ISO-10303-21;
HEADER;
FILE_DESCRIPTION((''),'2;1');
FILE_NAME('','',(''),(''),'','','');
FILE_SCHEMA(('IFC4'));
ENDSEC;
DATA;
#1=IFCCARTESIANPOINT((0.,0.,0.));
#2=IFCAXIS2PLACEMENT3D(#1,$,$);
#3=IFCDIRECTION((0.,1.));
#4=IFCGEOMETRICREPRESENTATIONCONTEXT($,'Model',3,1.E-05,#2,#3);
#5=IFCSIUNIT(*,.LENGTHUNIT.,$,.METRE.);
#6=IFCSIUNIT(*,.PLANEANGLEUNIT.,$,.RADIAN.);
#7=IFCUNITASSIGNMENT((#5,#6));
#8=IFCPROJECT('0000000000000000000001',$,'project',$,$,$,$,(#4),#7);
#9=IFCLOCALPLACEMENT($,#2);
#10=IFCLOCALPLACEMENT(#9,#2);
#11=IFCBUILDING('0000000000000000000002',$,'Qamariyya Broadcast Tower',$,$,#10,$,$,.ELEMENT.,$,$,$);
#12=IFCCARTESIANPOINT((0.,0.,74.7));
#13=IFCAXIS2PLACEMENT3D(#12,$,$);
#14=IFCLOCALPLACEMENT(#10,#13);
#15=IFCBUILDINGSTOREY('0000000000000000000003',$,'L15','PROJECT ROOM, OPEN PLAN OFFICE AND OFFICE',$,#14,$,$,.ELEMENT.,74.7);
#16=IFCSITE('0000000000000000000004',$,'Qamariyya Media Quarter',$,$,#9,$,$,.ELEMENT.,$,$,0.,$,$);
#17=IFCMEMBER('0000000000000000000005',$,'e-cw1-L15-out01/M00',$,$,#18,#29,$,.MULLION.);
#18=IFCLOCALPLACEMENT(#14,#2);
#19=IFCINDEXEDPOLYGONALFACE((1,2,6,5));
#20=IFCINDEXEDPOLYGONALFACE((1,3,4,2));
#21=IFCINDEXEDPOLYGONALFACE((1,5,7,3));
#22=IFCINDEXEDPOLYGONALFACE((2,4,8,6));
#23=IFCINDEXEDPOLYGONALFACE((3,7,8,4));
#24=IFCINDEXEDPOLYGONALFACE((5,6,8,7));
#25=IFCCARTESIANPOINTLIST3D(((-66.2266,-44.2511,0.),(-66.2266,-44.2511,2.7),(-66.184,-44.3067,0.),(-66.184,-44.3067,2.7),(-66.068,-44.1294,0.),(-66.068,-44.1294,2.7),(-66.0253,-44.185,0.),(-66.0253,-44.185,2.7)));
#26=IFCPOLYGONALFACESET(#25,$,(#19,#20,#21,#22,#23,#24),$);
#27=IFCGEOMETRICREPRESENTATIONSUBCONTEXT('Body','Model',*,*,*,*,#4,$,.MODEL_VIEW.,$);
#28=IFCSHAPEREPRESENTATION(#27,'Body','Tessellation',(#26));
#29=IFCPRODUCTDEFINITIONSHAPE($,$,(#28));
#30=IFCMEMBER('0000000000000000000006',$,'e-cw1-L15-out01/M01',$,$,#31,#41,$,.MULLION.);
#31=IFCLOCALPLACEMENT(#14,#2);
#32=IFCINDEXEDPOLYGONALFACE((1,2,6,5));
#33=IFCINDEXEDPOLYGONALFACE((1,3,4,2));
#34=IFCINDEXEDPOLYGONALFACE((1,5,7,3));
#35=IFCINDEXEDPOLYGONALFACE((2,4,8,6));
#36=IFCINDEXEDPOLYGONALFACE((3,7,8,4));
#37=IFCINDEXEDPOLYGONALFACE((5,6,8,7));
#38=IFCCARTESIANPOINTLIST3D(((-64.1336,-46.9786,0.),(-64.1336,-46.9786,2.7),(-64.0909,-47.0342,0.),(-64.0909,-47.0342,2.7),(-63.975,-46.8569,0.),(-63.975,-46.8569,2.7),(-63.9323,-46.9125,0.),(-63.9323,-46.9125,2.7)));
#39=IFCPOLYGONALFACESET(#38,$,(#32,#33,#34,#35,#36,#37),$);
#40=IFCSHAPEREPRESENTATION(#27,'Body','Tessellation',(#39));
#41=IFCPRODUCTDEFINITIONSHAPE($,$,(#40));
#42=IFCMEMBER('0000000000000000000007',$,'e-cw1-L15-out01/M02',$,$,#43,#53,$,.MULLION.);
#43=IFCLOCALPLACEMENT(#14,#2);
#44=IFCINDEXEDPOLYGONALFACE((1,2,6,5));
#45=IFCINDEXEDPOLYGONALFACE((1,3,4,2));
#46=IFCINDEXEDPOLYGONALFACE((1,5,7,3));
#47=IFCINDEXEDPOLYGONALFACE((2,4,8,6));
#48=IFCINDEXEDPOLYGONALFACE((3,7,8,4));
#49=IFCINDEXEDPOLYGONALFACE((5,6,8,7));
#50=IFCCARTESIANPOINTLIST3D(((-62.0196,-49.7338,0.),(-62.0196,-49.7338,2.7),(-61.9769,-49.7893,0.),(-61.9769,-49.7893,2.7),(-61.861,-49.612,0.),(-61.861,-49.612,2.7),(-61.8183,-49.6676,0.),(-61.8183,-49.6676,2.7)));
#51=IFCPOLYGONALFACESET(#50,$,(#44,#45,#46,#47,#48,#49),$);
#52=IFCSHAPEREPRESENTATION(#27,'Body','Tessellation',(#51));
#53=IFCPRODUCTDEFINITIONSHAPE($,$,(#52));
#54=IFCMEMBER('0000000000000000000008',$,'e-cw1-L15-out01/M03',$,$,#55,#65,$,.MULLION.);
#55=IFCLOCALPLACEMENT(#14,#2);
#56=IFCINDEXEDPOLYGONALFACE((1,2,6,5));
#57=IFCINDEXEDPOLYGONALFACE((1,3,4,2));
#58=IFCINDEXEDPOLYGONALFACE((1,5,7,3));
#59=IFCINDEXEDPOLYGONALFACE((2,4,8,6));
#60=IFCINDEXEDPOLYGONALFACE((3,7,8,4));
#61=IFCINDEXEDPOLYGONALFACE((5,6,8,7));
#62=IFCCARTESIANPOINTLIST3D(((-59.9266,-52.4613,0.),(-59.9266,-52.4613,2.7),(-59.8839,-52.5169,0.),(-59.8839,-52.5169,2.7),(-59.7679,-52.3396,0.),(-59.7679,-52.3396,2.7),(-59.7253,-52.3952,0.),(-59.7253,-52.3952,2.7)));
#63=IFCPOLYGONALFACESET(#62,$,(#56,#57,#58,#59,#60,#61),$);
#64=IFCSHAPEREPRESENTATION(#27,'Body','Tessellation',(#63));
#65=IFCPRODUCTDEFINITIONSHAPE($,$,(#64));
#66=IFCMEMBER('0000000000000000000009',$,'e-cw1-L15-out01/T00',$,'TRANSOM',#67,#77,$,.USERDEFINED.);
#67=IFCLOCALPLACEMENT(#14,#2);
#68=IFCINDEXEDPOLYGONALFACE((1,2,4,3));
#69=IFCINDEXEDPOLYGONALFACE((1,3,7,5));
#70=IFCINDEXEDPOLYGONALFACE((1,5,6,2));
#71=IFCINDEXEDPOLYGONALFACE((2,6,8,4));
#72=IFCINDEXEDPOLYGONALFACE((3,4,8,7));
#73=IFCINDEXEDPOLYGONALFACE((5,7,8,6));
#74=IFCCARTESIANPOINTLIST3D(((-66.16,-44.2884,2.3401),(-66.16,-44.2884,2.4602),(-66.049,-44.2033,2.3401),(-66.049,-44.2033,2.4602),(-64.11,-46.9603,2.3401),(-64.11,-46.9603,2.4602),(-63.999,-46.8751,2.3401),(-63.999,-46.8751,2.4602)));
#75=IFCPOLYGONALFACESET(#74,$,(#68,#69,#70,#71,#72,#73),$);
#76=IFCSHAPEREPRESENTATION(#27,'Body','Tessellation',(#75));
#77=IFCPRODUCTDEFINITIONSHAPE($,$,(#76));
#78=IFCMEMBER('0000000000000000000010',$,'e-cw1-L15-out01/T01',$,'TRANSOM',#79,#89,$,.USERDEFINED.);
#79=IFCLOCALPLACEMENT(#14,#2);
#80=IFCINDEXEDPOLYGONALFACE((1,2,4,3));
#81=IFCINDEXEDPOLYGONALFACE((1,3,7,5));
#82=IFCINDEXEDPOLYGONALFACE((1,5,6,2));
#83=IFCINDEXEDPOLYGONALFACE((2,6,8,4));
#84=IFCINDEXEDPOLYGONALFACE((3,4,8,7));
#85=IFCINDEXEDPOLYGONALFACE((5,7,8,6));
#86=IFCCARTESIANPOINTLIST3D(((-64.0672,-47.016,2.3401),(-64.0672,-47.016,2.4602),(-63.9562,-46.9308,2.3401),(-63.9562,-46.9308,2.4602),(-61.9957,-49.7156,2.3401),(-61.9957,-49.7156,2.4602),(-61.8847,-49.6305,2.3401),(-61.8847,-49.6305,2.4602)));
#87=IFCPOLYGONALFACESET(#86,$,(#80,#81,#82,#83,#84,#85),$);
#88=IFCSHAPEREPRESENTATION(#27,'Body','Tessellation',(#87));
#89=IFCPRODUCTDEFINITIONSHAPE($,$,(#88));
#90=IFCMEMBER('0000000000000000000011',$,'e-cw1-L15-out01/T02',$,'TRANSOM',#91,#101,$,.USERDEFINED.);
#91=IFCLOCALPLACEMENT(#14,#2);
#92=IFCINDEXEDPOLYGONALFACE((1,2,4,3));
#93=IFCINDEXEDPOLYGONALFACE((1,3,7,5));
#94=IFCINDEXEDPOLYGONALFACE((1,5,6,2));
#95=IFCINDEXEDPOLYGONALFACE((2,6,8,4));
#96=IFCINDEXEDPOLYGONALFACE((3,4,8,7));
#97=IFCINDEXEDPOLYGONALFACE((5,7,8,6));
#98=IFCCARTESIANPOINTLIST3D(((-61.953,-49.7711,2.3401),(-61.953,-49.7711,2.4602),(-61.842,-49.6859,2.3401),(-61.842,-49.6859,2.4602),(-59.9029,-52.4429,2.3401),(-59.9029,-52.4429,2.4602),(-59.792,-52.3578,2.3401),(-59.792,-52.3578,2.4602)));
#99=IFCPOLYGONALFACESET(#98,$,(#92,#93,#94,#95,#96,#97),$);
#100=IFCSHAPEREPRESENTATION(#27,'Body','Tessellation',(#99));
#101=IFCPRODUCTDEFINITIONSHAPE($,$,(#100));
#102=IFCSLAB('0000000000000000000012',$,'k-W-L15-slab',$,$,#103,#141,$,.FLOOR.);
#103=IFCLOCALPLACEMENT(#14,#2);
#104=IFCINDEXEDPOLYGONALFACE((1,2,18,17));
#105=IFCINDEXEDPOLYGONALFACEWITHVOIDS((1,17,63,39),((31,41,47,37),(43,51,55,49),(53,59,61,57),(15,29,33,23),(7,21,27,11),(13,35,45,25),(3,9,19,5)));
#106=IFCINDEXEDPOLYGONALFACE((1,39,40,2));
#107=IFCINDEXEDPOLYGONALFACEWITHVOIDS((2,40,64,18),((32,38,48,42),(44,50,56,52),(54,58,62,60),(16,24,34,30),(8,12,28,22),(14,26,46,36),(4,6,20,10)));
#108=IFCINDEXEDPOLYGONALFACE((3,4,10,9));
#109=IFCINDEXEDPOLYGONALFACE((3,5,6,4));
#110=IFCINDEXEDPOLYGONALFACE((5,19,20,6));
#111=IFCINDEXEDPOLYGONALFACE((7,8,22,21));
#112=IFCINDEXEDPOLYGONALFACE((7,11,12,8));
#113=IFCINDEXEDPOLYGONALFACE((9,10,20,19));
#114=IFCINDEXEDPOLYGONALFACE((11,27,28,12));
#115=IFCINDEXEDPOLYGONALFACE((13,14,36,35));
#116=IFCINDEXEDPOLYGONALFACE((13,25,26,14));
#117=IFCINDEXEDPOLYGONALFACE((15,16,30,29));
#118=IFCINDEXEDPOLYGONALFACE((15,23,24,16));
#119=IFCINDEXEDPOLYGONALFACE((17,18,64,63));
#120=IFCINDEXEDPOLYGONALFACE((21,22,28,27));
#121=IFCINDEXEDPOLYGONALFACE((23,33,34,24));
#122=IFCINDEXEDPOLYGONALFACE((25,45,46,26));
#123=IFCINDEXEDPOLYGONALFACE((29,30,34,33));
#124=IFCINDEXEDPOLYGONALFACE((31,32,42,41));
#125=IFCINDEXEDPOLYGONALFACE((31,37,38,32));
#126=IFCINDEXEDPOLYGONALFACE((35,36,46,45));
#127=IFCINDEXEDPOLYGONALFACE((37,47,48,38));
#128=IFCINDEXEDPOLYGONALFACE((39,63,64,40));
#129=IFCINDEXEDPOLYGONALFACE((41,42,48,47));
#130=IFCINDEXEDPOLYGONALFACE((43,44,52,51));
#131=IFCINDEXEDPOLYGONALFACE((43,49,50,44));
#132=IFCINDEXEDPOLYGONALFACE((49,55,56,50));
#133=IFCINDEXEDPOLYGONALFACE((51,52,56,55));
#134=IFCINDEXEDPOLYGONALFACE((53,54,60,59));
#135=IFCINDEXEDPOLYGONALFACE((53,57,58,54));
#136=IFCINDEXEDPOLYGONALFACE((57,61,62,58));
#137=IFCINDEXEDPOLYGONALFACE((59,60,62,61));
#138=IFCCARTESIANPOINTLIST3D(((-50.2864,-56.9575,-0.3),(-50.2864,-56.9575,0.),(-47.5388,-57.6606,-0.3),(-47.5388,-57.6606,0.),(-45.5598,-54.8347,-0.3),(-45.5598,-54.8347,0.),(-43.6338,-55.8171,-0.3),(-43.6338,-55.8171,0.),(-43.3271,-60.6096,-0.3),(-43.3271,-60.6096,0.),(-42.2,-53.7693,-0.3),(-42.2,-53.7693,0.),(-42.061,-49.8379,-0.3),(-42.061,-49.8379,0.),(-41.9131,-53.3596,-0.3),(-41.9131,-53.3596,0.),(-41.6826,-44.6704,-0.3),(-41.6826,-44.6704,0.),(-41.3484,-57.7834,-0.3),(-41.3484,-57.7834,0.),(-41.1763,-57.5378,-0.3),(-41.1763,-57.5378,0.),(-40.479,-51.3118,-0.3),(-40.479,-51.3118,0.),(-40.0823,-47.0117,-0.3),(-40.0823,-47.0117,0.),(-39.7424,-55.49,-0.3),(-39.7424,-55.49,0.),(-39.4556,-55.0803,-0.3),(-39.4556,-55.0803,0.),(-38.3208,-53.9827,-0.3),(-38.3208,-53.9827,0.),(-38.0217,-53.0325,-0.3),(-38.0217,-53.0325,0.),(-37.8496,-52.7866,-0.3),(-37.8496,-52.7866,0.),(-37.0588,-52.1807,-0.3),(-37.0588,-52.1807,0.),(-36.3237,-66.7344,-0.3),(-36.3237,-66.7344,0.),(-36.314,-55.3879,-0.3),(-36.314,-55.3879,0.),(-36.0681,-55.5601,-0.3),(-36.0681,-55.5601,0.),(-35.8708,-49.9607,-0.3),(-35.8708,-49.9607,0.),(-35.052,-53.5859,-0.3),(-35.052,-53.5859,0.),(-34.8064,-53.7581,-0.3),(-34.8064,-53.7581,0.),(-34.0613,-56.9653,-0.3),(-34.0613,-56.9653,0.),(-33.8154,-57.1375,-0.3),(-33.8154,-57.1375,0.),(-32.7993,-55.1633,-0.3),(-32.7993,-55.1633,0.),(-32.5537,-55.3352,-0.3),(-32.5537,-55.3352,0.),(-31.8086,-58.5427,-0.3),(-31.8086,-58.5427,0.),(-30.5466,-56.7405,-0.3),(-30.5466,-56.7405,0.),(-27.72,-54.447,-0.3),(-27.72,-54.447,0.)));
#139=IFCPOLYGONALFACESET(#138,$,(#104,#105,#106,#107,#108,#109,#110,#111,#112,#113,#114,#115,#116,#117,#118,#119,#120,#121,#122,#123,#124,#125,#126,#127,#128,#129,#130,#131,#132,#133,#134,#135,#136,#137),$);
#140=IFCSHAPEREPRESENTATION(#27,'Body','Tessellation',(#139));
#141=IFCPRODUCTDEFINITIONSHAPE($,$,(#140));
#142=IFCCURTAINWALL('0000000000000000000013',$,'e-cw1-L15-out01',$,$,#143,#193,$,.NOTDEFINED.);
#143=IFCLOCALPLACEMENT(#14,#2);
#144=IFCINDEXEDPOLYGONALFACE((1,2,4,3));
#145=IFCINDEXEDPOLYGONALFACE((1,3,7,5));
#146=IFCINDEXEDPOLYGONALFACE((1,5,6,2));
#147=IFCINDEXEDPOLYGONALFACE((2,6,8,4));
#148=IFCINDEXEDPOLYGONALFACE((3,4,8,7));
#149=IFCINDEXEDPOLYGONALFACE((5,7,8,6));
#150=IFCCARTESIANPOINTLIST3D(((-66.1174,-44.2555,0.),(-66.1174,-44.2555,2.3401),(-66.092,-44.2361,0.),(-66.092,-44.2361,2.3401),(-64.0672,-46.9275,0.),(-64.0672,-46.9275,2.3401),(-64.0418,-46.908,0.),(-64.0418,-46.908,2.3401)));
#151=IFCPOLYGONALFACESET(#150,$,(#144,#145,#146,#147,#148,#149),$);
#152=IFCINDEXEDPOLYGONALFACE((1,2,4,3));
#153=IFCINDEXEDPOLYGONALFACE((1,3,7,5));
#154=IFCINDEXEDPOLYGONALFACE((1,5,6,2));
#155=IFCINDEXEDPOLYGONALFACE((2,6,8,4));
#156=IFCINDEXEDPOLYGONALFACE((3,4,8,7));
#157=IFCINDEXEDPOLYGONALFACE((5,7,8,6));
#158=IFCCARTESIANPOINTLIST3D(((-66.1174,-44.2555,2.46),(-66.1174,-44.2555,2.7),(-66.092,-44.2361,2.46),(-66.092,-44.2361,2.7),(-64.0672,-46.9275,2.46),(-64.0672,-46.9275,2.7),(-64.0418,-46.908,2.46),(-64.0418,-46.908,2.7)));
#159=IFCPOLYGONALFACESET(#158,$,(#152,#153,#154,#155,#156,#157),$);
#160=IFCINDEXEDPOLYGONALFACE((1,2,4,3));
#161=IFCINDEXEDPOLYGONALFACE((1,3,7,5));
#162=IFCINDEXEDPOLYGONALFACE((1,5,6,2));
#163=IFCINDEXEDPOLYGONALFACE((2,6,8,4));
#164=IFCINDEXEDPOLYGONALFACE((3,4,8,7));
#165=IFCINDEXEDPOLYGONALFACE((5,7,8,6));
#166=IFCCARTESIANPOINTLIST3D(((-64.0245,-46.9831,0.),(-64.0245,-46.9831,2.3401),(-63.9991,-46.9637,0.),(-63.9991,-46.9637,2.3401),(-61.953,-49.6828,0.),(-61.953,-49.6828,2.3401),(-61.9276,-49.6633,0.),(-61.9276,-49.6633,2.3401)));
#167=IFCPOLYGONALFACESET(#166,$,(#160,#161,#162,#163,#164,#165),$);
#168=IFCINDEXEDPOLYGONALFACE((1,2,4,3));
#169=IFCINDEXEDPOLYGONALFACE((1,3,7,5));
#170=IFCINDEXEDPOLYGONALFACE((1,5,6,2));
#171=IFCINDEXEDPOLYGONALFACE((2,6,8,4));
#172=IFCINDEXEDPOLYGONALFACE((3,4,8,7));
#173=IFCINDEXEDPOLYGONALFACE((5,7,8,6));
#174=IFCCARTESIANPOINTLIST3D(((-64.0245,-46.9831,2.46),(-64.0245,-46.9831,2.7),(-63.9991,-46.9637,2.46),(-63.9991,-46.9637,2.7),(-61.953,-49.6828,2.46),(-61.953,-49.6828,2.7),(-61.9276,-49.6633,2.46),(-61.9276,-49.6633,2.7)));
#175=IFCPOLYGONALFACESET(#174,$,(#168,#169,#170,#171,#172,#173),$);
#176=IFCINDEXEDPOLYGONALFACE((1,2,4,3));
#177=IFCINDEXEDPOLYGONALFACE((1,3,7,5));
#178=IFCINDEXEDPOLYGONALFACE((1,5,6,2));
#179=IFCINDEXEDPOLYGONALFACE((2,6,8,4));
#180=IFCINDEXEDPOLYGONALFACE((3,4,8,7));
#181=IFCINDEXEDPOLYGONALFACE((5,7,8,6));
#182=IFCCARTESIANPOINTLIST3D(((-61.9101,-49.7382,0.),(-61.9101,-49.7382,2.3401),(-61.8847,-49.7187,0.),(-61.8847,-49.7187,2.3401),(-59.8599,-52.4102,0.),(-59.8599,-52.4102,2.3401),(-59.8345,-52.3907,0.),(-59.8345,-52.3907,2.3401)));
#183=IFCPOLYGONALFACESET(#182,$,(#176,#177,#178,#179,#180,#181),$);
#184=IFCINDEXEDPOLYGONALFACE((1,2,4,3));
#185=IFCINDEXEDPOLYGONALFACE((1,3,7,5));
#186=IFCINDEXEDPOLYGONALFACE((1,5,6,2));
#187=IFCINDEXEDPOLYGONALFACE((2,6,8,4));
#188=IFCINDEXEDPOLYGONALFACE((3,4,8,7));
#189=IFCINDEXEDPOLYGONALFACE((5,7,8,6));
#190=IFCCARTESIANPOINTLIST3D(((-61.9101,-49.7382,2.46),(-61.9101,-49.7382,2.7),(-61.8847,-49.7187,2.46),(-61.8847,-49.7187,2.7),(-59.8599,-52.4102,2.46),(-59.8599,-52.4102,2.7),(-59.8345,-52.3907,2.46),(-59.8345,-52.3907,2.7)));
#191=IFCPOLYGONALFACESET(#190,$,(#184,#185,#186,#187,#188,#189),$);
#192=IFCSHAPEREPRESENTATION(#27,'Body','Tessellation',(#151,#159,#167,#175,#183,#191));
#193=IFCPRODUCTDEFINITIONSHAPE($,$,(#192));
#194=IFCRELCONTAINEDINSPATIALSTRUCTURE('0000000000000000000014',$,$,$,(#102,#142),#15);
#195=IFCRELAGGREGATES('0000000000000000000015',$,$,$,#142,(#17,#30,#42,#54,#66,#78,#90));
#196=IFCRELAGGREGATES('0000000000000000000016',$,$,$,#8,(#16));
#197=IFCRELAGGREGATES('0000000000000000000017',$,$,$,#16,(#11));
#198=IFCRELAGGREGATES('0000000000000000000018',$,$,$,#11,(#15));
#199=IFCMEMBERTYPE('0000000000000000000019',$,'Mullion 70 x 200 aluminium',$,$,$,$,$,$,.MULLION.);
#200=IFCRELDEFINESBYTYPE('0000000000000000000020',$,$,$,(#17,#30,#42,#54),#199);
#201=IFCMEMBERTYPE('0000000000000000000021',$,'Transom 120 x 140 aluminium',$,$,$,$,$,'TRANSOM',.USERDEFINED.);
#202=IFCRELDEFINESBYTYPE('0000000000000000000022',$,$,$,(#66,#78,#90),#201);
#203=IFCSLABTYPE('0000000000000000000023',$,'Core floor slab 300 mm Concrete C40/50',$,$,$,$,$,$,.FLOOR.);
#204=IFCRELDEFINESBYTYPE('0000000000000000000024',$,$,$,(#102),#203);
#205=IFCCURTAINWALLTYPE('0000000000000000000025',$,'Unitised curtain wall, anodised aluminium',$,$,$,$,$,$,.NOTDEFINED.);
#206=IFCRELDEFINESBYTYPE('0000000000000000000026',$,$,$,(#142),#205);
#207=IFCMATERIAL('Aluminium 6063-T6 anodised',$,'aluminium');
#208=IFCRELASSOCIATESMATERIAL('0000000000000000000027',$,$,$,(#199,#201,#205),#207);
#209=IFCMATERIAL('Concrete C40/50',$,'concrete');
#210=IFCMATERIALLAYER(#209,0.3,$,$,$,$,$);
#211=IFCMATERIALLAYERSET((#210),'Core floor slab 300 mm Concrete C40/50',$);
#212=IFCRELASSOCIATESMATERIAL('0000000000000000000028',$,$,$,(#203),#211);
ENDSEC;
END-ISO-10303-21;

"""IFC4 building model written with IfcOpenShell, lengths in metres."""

from ifc_helpers import new_model, si_unit, direction, frame, origin, origin_2d, place, context, subcontext, project, spatial, polyline, rectangle, outline, extrude, material, layer, layer_set, material_profile, profile_set, type_object, element, aggregate, save


model = new_model("IFC4")

# Units and contexts
model_context = context("Model", 3, precision=1e-05, world=origin(), true_north=direction((0.0, 1.0)))
body_context = subcontext(model_context, "Body", "Model", "MODEL_VIEW")
ifc_project = project(units=[si_unit("LENGTHUNIT", "METRE"), si_unit("PLANEANGLEUNIT", "RADIAN")], contexts=[model_context])

# Site, building, storey
site_placement = place(None, origin())
site = spatial("IfcSite", under=ifc_project, at=site_placement, Name="Qamariyya Media Quarter", CompositionType="ELEMENT", RefElevation=0.0)
building_placement = place(site_placement, origin())
building = spatial("IfcBuilding", under=site, at=building_placement, Name="Qamariyya Broadcast Tower", CompositionType="ELEMENT")
storey_placement = place(building_placement, frame((0.0, 0.0, 74.7)))
storey = spatial("IfcBuildingStorey", under=building, at=storey_placement, Name="L15", Description="PROJECT ROOM, OPEN PLAN OFFICE AND OFFICE", CompositionType="ELEMENT", Elevation=74.7)

# Members
ifc_material_1 = material(Name="Aluminium 6063-T6 anodised", Category="aluminium")
ifc_material_profile_1 = material_profile(ifc_material_1, rectangle(XDim=0.2, YDim=0.0701, at=origin_2d()))
ifc_profile_set_1 = profile_set([ifc_material_profile_1], Name="Aluminium 6063-T6 anodised")
member_type_1 = type_object("IfcMemberType", Name="Mullion 70 x 200 aluminium", PredefinedType="MULLION", material=ifc_profile_set_1)
member_1_placement = place(storey_placement, frame((-66.126, -44.218, 0.0), z_axis=(0.0, 0.0, 1.0), x_axis=(0.793353, 0.608761, 0.0)))
member_1 = element("IfcMember", 1, at=member_1_placement, type_object=member_type_1, Name="e-cw1-L15-out01/M00", PredefinedType="MULLION", context=body_context, shape_type="SweptSolid", body=[
    extrude(rectangle(XDim=0.2, YDim=0.0701, at=origin_2d()), origin(), (0.0, 0.0, 1.0), 2.7),
])
member_2_placement = place(storey_placement, frame((-64.033, -46.9456, 0.0), z_axis=(0.0, 0.0, 1.0), x_axis=(0.793353, 0.608761, 0.0)))
member_2 = element("IfcMember", 2, at=member_2_placement, type_object=member_type_1, Name="e-cw1-L15-out01/M01", PredefinedType="MULLION", context=body_context, shape_type="SweptSolid", body=[
    extrude(rectangle(XDim=0.2, YDim=0.0701, at=origin_2d()), origin(), (0.0, 0.0, 1.0), 2.7),
])
member_3_placement = place(storey_placement, frame((-61.9189, -49.7007, 0.0), z_axis=(0.0, 0.0, 1.0), x_axis=(0.793353, 0.608761, 0.0)))
member_3 = element("IfcMember", 3, at=member_3_placement, type_object=member_type_1, Name="e-cw1-L15-out01/M02", PredefinedType="MULLION", context=body_context, shape_type="SweptSolid", body=[
    extrude(rectangle(XDim=0.2, YDim=0.0701, at=origin_2d()), origin(), (0.0, 0.0, 1.0), 2.7),
])
member_4_placement = place(storey_placement, frame((-59.8259, -52.4282, 0.0), z_axis=(0.0, 0.0, 1.0), x_axis=(0.793353, 0.608761, 0.0)))
member_4 = element("IfcMember", 4, at=member_4_placement, type_object=member_type_1, Name="e-cw1-L15-out01/M03", PredefinedType="MULLION", context=body_context, shape_type="SweptSolid", body=[
    extrude(rectangle(XDim=0.2, YDim=0.0701, at=origin_2d()), origin(), (0.0, 0.0, 1.0), 2.7),
])
ifc_material_profile_2 = material_profile(ifc_material_1, rectangle(XDim=0.1399, YDim=0.1201, at=origin_2d()))
ifc_profile_set_2 = profile_set([ifc_material_profile_2], Name="Aluminium 6063-T6 anodised")
member_type_2 = type_object("IfcMemberType", Name="Transom 120 x 140 aluminium", ElementType="TRANSOM", PredefinedType="USERDEFINED", material=ifc_profile_set_2)
member_5_placement = place(storey_placement, frame((-66.1045, -44.2458, 2.4001), z_axis=(0.608733, -0.793375, 0.0), x_axis=(0.793375, 0.608733, 0.0)))
member_5 = element("IfcMember", 5, at=member_5_placement, type_object=member_type_2, Name="e-cw1-L15-out01/T00", ObjectType="TRANSOM", PredefinedType="USERDEFINED", context=body_context, shape_type="SweptSolid", body=[
    extrude(rectangle(XDim=0.1399, YDim=0.1201, at=origin_2d()), origin(), (0.0, 0.0, 1.0), 3.3677),
])
member_6_placement = place(storey_placement, frame((-64.0117, -46.9734, 2.4001), z_axis=(0.608757, -0.793357, 0.0), x_axis=(0.793357, 0.608757, 0.0)))
member_6 = element("IfcMember", 6, at=member_6_placement, type_object=member_type_2, Name="e-cw1-L15-out01/T01", ObjectType="TRANSOM", PredefinedType="USERDEFINED", context=body_context, shape_type="SweptSolid", body=[
    extrude(rectangle(XDim=0.1399, YDim=0.1201, at=origin_2d()), origin(), (0.0, 0.0, 1.0), 3.4028),
])
member_7_placement = place(storey_placement, frame((-61.8975, -49.7285, 2.4001), z_axis=(0.608733, -0.793375, 0.0), x_axis=(0.793375, 0.608733, 0.0)))
member_7 = element("IfcMember", 7, at=member_7_placement, type_object=member_type_2, Name="e-cw1-L15-out01/T02", ObjectType="TRANSOM", PredefinedType="USERDEFINED", context=body_context, shape_type="SweptSolid", body=[
    extrude(rectangle(XDim=0.1399, YDim=0.1201, at=origin_2d()), origin(), (0.0, 0.0, 1.0), 3.3677),
])

# Slab
ifc_material_2 = material(Name="Concrete C40/50", Category="concrete")
ifc_layer_1 = layer(ifc_material_2, 0.3)
ifc_layer_set_1 = layer_set([ifc_layer_1], Name="Core floor slab 300 mm Concrete C40/50")
slab_type_1 = type_object("IfcSlabType", Name="Core floor slab 300 mm Concrete C40/50", PredefinedType="FLOOR", material=ifc_layer_set_1)
slab_1_placement = place(storey_placement, frame((0.0, 0.0, -0.3)))
element("IfcSlab", 8, at=slab_1_placement, inside=storey, type_object=slab_type_1, Name="k-W-L15-slab", PredefinedType="FLOOR", context=body_context, shape_type="SweptSolid", body=[
    extrude(outline(polyline([(-50.2864, -56.9575), (-36.3237, -66.7344), (-27.72, -54.447), (-41.6826, -44.6704), (-50.2864, -56.9575)]), holes=[polyline([(-31.8086, -58.5427), (-33.8154, -57.1375), (-32.5537, -55.3352), (-30.5466, -56.7405), (-31.8086, -58.5427)]), polyline([(-34.0613, -56.9653), (-36.0681, -55.5601), (-34.8064, -53.7581), (-32.7993, -55.1633), (-34.0613, -56.9653)]), polyline([(-36.314, -55.3879), (-38.3208, -53.9827), (-37.0588, -52.1807), (-35.052, -53.5859), (-36.314, -55.3879)]), polyline([(-39.7424, -55.49), (-42.2, -53.7693), (-43.6338, -55.8171), (-41.1763, -57.5378), (-39.7424, -55.49)]), polyline([(-39.4556, -55.0803), (-41.9131, -53.3596), (-40.479, -51.3118), (-38.0217, -53.0325), (-39.4556, -55.0803)]), polyline([(-42.061, -49.8379), (-37.8496, -52.7866), (-35.8708, -49.9607), (-40.0823, -47.0117), (-42.061, -49.8379)]), polyline([(-47.5388, -57.6606), (-43.3271, -60.6096), (-41.3484, -57.7834), (-45.5598, -54.8347), (-47.5388, -57.6606)])]), origin(), (0.0, 0.0, 1.0), 0.3),
])

# Curtain wall
curtain_wall_type = type_object("IfcCurtainWallType", Name="Unitised curtain wall, anodised aluminium", PredefinedType="NOTDEFINED", material=ifc_material_1)
curtain_wall_1_placement = place(storey_placement, origin())
curtain_wall_1 = element("IfcCurtainWall", 9, at=curtain_wall_1_placement, inside=storey, type_object=curtain_wall_type, Name="e-cw1-L15-out01", PredefinedType="NOTDEFINED", context=body_context, shape_type="SweptSolid", body=[
    extrude(rectangle(XDim=3.3679, YDim=0.032, at=origin_2d()), frame((-65.0796, -45.5818, 0.0), x_axis=(0.608756, -0.793358, 0.0)), (0.0, 0.0, 1.0), 2.3401),
    extrude(rectangle(XDim=3.3679, YDim=0.032, at=origin_2d()), frame((-65.0796, -45.5818, 2.46), x_axis=(0.608756, -0.793358, 0.0)), (0.0, 0.0, 1.0), 0.24),
    extrude(rectangle(XDim=3.4028, YDim=0.032, at=origin_2d()), frame((-62.9761, -48.3232, 0.0), x_axis=(0.608756, -0.793358, 0.0)), (0.0, 0.0, 1.0), 2.3401),
    extrude(rectangle(XDim=3.4028, YDim=0.032, at=origin_2d()), frame((-62.9761, -48.3232, 2.46), x_axis=(0.608756, -0.793358, 0.0)), (0.0, 0.0, 1.0), 0.24),
    extrude(rectangle(XDim=3.3679, YDim=0.032, at=origin_2d()), frame((-60.8723, -51.0645, 0.0), x_axis=(0.608756, -0.793358, 0.0)), (0.0, 0.0, 1.0), 2.3401),
    extrude(rectangle(XDim=3.3679, YDim=0.032, at=origin_2d()), frame((-60.8723, -51.0645, 2.46), x_axis=(0.608756, -0.793358, 0.0)), (0.0, 0.0, 1.0), 0.24),
])
aggregate(curtain_wall_1, [member_1, member_2, member_3, member_4, member_5, member_6, member_7])

save(model, "model.ifc")
